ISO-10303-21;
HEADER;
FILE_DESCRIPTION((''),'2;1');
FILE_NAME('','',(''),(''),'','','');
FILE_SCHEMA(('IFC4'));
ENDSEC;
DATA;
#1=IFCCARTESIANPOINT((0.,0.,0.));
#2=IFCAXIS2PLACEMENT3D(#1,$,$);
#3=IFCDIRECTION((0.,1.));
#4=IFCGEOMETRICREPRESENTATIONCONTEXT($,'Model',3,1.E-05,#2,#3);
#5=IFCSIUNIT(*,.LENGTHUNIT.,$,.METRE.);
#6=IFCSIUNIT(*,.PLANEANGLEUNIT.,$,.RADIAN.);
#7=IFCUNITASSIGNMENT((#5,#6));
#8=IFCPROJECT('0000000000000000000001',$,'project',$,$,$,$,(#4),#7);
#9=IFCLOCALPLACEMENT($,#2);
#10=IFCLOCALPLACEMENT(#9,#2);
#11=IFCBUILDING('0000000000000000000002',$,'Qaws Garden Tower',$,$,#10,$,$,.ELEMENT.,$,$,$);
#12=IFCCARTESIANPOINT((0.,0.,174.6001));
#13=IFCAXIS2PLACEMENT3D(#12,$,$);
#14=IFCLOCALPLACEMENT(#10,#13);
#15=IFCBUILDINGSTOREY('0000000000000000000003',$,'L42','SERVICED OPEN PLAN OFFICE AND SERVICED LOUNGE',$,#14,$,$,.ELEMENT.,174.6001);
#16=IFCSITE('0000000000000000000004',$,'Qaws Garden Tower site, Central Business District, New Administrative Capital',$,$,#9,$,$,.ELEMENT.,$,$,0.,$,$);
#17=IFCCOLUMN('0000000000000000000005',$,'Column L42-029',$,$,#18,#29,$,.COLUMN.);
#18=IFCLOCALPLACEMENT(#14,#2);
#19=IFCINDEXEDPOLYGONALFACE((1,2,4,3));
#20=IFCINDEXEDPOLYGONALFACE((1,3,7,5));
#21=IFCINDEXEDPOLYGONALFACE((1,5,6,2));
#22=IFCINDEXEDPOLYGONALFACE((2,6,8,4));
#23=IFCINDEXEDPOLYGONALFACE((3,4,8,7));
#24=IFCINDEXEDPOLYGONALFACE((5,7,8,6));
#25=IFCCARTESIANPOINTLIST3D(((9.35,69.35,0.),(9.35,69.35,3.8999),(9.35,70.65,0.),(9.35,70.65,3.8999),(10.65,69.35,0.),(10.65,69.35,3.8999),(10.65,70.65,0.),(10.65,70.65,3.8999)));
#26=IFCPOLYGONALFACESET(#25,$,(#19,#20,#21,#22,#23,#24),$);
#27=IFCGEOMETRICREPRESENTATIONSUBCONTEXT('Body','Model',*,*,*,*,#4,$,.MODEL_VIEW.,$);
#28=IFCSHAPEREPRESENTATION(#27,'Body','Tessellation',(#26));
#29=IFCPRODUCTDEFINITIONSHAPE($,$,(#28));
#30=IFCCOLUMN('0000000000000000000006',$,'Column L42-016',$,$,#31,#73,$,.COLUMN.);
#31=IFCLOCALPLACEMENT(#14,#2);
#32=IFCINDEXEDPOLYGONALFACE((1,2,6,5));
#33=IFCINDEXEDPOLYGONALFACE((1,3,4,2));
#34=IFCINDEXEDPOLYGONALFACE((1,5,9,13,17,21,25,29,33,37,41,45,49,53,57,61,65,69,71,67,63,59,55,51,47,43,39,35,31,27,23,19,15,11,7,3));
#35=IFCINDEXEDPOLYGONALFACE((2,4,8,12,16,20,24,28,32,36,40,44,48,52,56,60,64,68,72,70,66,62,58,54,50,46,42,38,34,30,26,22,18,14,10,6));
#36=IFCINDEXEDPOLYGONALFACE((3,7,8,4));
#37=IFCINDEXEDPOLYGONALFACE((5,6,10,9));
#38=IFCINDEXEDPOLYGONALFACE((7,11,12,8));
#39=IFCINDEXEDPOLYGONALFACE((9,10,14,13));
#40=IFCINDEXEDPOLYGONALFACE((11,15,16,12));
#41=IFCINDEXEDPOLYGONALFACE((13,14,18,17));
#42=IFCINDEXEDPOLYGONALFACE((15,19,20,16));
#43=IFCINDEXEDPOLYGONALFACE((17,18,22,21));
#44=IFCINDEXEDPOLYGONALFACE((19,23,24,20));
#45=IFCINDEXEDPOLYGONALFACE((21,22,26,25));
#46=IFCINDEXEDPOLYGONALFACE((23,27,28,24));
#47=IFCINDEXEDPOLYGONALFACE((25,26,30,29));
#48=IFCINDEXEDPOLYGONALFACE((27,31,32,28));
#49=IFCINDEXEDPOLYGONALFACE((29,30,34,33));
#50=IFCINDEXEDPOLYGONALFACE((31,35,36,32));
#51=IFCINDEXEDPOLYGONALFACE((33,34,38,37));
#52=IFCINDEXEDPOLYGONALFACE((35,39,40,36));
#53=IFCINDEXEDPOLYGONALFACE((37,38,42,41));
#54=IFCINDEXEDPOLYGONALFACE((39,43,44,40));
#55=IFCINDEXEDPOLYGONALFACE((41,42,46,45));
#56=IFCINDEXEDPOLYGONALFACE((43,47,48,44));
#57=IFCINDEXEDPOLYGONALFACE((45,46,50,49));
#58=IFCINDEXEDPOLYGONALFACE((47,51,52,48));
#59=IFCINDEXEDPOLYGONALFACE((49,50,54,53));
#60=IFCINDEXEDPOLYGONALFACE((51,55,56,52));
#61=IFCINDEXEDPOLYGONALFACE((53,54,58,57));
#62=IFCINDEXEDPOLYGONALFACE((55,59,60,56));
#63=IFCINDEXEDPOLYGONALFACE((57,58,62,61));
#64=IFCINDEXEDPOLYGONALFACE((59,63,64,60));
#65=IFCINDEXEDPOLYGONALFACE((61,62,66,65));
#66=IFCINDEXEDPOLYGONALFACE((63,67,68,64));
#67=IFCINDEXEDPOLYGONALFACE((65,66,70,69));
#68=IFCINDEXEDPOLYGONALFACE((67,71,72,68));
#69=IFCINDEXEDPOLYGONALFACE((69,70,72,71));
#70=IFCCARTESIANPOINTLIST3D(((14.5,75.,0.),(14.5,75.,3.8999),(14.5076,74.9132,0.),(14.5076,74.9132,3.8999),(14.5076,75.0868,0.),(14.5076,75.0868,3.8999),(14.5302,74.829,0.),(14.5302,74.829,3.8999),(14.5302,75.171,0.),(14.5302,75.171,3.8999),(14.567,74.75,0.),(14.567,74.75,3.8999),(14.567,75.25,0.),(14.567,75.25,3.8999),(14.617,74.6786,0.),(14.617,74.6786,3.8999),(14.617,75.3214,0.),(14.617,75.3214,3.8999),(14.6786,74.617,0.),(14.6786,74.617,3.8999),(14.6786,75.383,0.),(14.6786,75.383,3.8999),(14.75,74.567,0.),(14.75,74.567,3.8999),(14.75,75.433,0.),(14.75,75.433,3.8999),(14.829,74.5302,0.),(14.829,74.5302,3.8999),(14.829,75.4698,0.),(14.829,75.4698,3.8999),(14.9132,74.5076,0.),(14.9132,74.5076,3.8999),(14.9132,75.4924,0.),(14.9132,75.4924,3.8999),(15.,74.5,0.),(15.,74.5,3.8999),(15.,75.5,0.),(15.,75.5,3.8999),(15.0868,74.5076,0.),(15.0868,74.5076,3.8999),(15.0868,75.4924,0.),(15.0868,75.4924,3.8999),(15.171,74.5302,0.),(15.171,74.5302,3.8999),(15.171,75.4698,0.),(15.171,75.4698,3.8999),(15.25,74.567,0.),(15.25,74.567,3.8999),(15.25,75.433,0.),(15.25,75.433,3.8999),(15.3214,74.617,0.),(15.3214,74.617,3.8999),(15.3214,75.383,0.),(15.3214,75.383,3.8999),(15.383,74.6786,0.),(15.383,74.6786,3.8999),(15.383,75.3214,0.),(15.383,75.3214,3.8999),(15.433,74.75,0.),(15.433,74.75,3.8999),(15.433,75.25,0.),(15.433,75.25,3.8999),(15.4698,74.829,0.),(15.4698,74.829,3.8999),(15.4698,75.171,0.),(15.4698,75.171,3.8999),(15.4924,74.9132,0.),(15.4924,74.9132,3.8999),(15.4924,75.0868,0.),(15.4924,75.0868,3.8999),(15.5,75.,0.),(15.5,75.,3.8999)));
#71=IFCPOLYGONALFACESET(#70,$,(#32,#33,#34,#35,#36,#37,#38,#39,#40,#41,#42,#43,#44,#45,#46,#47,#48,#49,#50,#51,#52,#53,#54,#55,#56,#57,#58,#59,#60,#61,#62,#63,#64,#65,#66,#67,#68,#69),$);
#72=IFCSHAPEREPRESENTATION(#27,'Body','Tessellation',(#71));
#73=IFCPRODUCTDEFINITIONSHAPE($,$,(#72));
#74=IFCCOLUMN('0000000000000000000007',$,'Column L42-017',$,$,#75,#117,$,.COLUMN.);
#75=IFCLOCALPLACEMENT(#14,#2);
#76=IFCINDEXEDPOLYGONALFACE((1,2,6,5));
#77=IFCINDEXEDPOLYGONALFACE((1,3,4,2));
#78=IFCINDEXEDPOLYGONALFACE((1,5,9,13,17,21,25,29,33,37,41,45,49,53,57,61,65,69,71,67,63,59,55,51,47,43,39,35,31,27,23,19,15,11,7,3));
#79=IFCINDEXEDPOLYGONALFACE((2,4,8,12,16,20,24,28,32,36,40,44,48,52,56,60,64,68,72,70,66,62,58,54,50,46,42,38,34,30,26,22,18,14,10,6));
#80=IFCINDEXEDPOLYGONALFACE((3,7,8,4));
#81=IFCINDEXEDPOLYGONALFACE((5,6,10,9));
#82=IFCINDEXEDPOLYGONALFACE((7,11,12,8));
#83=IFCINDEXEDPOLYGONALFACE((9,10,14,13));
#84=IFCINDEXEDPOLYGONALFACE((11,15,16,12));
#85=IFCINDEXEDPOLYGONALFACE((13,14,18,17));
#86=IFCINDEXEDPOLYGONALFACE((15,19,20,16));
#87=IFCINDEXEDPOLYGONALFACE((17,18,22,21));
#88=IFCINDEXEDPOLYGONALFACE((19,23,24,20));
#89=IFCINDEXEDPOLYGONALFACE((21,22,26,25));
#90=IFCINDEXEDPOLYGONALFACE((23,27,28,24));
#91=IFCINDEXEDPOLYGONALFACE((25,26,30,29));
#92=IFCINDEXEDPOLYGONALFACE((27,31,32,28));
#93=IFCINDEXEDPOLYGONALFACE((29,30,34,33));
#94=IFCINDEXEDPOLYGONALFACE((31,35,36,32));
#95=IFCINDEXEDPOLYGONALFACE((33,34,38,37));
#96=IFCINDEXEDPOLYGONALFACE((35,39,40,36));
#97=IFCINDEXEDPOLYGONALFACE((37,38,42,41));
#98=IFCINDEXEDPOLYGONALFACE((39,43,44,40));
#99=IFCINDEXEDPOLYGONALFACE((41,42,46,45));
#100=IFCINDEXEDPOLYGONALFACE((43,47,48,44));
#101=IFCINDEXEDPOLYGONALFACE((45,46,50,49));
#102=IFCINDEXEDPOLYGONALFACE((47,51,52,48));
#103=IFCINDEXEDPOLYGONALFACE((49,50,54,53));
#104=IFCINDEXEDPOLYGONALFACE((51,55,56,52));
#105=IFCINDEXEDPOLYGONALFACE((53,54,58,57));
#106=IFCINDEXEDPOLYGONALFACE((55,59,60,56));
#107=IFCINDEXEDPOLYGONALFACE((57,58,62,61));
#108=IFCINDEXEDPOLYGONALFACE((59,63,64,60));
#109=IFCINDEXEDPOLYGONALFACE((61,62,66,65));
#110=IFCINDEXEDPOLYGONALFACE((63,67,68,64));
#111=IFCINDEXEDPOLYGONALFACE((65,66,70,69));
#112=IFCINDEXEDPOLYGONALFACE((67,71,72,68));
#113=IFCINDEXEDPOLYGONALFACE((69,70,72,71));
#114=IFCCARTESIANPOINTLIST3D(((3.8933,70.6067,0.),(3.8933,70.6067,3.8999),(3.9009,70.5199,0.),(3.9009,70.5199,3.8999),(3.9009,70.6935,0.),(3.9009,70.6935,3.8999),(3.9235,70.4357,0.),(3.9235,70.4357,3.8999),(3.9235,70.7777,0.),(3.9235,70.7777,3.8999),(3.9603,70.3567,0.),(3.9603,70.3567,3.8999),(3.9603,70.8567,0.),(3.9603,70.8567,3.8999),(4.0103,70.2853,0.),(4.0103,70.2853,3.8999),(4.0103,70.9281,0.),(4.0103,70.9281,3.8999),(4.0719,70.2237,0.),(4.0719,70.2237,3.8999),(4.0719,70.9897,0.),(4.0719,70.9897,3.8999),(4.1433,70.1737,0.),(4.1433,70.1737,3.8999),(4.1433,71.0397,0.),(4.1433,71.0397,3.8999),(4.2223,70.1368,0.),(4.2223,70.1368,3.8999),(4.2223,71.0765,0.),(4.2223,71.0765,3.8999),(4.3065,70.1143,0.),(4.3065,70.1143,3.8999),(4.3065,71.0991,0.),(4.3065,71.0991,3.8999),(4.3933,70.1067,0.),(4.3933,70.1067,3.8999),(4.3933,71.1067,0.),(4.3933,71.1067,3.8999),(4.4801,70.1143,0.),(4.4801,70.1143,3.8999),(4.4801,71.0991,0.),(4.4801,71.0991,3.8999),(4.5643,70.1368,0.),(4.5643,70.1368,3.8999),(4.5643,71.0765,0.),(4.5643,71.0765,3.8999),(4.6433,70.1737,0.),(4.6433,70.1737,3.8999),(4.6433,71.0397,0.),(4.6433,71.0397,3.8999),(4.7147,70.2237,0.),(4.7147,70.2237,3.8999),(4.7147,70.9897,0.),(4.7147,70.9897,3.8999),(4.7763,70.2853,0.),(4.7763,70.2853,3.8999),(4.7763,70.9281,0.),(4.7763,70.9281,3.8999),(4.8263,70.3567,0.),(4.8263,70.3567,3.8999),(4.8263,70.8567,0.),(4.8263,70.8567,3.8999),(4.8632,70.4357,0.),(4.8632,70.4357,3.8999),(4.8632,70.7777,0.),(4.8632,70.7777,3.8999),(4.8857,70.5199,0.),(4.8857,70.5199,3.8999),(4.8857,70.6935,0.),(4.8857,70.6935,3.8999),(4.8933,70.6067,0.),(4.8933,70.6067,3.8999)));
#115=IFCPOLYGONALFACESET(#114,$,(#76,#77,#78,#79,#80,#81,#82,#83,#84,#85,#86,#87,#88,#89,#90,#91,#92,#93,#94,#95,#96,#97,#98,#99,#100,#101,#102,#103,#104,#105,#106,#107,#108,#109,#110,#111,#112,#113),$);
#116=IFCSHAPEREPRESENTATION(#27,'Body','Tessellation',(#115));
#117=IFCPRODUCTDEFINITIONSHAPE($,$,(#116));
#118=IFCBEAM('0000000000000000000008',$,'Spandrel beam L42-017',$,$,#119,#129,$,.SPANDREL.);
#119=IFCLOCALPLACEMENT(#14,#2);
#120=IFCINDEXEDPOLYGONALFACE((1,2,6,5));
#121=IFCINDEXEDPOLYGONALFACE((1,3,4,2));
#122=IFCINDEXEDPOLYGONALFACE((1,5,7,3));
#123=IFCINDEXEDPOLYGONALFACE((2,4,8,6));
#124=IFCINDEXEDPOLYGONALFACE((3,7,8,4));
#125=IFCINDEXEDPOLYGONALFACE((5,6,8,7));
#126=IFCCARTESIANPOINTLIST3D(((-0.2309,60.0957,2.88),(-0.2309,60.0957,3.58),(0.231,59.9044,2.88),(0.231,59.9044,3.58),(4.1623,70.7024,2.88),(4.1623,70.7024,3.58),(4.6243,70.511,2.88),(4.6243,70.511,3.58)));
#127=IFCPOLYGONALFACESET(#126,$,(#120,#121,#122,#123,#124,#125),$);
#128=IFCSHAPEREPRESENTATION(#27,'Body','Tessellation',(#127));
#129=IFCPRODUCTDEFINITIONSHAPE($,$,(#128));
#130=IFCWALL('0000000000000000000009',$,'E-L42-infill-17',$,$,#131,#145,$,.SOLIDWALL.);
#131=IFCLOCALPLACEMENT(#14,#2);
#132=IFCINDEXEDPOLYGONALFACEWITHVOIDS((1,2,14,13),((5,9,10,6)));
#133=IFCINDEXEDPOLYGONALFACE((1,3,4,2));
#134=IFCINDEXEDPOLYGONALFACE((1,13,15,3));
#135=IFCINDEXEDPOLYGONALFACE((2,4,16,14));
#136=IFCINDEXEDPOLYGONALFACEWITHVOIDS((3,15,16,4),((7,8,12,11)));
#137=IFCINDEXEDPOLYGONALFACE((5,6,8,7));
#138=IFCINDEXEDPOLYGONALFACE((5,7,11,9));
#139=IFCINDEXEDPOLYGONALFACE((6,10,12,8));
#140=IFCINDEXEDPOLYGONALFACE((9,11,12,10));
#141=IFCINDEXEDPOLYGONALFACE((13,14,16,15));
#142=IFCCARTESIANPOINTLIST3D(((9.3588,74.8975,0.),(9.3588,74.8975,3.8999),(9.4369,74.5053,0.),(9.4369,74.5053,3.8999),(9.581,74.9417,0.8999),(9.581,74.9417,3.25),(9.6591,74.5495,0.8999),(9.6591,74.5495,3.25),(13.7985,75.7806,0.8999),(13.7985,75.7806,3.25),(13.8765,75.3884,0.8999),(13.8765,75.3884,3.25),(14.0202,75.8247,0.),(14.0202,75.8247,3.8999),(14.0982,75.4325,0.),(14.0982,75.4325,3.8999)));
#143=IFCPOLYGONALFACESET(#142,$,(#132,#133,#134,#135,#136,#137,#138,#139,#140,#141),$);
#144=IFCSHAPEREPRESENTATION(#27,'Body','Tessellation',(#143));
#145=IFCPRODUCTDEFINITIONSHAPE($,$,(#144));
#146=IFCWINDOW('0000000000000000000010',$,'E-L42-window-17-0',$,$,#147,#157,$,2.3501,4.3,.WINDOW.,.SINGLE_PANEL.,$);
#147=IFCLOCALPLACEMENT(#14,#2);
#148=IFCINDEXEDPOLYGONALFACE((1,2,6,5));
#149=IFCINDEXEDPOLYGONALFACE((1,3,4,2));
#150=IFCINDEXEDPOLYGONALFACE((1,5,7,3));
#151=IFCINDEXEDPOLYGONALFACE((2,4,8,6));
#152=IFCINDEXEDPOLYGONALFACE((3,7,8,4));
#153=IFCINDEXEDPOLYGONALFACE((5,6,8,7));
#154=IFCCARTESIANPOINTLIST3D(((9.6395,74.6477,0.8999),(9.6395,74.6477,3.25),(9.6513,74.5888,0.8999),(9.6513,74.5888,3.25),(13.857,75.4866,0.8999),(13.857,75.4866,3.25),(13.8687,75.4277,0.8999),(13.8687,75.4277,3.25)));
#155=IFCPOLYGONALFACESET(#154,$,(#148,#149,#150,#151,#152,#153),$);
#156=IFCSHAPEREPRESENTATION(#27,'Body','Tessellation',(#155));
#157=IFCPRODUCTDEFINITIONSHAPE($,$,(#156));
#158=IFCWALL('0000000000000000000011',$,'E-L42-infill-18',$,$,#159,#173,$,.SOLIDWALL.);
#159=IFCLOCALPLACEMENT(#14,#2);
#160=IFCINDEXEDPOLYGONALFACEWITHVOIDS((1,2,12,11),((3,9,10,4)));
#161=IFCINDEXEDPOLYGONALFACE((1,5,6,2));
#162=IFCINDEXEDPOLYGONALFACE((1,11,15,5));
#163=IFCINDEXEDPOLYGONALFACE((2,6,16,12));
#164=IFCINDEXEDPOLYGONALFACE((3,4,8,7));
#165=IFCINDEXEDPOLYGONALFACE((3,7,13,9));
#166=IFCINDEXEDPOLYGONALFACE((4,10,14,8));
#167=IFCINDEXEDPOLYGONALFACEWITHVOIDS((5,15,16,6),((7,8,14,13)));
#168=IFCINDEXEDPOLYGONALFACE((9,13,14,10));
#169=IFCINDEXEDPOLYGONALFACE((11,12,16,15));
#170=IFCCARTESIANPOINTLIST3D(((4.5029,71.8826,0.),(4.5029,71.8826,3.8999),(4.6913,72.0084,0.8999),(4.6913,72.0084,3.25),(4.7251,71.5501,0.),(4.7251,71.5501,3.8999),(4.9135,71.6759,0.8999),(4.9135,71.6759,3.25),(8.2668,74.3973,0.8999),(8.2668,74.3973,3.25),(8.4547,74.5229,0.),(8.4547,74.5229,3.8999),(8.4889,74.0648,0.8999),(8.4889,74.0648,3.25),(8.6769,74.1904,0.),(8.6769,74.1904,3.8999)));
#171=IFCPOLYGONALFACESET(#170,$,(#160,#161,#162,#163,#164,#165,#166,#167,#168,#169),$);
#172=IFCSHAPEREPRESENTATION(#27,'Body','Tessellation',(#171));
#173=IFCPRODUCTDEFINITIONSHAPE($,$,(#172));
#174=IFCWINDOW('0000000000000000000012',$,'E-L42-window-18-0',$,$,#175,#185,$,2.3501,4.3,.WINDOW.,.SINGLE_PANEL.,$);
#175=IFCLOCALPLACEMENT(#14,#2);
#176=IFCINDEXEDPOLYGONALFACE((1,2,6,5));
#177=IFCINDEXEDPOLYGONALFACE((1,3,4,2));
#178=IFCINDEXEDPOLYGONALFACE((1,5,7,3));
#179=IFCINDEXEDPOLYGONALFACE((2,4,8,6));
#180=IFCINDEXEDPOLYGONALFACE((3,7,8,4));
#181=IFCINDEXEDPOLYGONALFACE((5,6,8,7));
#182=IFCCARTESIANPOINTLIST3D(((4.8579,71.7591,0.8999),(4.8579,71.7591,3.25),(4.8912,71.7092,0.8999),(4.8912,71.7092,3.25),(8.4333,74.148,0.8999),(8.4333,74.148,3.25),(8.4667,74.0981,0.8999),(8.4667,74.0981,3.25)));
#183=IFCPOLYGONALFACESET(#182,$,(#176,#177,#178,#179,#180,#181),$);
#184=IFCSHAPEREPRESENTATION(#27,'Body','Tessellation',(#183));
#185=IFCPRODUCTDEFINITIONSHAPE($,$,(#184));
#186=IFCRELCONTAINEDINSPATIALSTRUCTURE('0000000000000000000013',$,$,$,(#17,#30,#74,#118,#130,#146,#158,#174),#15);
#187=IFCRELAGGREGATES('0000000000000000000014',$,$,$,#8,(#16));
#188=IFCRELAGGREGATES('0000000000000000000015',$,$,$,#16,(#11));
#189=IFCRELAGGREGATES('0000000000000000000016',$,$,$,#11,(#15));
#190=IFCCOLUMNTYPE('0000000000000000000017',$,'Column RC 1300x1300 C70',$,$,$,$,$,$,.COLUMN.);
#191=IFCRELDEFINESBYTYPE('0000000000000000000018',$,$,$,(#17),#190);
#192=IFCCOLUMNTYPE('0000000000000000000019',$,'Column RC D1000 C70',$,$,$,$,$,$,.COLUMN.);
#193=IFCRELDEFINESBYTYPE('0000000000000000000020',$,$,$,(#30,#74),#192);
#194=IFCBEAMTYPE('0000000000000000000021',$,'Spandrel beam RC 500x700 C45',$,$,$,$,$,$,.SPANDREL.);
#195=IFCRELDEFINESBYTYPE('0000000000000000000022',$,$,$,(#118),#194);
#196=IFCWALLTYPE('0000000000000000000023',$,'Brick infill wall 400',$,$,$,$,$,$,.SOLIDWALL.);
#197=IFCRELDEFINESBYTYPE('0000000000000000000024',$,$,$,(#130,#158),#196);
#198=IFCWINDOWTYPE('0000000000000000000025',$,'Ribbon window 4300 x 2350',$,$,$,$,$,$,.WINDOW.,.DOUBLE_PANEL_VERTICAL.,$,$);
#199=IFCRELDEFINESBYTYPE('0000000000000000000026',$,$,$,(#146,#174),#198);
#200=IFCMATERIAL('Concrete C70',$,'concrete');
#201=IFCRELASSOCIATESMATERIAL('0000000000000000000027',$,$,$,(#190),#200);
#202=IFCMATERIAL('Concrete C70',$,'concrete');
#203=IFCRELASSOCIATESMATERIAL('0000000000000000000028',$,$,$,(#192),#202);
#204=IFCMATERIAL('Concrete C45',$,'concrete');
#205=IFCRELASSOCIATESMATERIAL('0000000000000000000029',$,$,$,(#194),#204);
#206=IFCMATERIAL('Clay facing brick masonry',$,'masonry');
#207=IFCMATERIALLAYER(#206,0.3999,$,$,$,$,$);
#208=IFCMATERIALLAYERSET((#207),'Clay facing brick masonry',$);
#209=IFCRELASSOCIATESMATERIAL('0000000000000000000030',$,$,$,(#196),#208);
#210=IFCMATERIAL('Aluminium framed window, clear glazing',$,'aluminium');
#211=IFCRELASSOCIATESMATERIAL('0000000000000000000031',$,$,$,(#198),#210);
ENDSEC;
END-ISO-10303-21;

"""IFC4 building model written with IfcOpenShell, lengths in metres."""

from ifc_helpers import new_model, si_unit, direction, frame, frame_2d, origin, origin_2d, place, context, subcontext, project, spatial, rectangle, circle, extrude, material, layer, layer_set, material_profile, profile_set, type_object, element, fill, save


model = new_model("IFC4")

# Units and contexts
model_context = context("Model", 3, precision=1e-05, world=origin(), true_north=direction((0.0, 1.0)))
body_context = subcontext(model_context, "Body", "Model", "MODEL_VIEW")
ifc_project = project(units=[si_unit("LENGTHUNIT", "METRE"), si_unit("PLANEANGLEUNIT", "RADIAN")], contexts=[model_context])

# Site, building, storey
site_placement = place(None, origin())
site = spatial("IfcSite", under=ifc_project, at=site_placement, Name="Qaws Garden Tower site, Central Business District, New Administrative Capital", CompositionType="ELEMENT", RefElevation=0.0)
building_placement = place(site_placement, origin())
building = spatial("IfcBuilding", under=site, at=building_placement, Name="Qaws Garden Tower", CompositionType="ELEMENT")
storey_placement = place(building_placement, frame((0.0, 0.0, 174.6001)))
storey = spatial("IfcBuildingStorey", under=building, at=storey_placement, Name="L42", Description="SERVICED OPEN PLAN OFFICE AND SERVICED LOUNGE", CompositionType="ELEMENT", Elevation=174.6001)

# Columns
ifc_material_1 = material(Name="Concrete C70", Category="concrete")
ifc_material_profile_1 = material_profile(ifc_material_1, rectangle(XDim=1.3, YDim=1.3, at=origin_2d()), Name="RC 1300x1300")
ifc_profile_set_1 = profile_set([ifc_material_profile_1], Name="Concrete C70")
column_type_1 = type_object("IfcColumnType", Name="Column RC 1300x1300 C70", PredefinedType="COLUMN", material=ifc_profile_set_1)
column_placement = place(storey_placement, frame((10.0, 70.0, 0.0), z_axis=(0.0, 0.0, 1.0), x_axis=(1.0, 0.0, 0.0)))
element("IfcColumn", 1, at=column_placement, inside=storey, type_object=column_type_1, Name="Column L42-029", PredefinedType="COLUMN", context=body_context, shape_type="SweptSolid", body=[
    extrude(rectangle(XDim=1.3, YDim=1.3, at=origin_2d()), origin(), (0.0, 0.0, 1.0), 3.8999),
])
ifc_material_2 = material(Name="Concrete C70", Category="concrete")
ifc_material_profile_2 = material_profile(ifc_material_2, circle(Radius=0.5, at=origin_2d()), Name="RC D1000")
ifc_profile_set_2 = profile_set([ifc_material_profile_2], Name="Concrete C70")
column_type_2 = type_object("IfcColumnType", Name="Column RC D1000 C70", PredefinedType="COLUMN", material=ifc_profile_set_2)
for number, where, z_axis, x_axis, name in (
    (2, (15.0, 75.0, 0.0), (0.0, 0.0, 1.0), (1.0, 0.0, 0.0), "Column L42-016"),
    (3, (4.3933, 70.6067, 0.0), (0.0, 0.0, 1.0), (1.0, 0.0, 0.0), "Column L42-017"),
):
    element("IfcColumn", number, at=place(storey_placement, frame(where, z_axis=z_axis, x_axis=x_axis)), inside=storey, type_object=column_type_2, Name=name, PredefinedType="COLUMN", context=body_context, shape_type="SweptSolid", body=[
        extrude(circle(Radius=0.5, at=origin_2d()), origin(), (0.0, 0.0, 1.0), 3.8999),
    ])

# Beam
ifc_material_3 = material(Name="Concrete C45", Category="concrete")
ifc_material_profile_3 = material_profile(ifc_material_3, rectangle(XDim=0.5, YDim=0.7, at=origin_2d()), Name="RC 500x700")
ifc_profile_set_3 = profile_set([ifc_material_profile_3], Name="Concrete C45")
beam_type = type_object("IfcBeamType", Name="Spandrel beam RC 500x700 C45", PredefinedType="SPANDREL", material=ifc_profile_set_3)
beam_placement = place(storey_placement, frame((4.3933, 70.6067, 3.23), z_axis=(-0.382674, -0.923883, 0.0), x_axis=(0.923883, -0.382674, 0.0)))
element("IfcBeam", 4, at=beam_placement, inside=storey, type_object=beam_type, Name="Spandrel beam L42-017", PredefinedType="SPANDREL", context=body_context, shape_type="SweptSolid", body=[
    extrude(rectangle(XDim=0.5, YDim=0.7, at=origin_2d()), origin(), (0.0, 0.0, 1.0), 11.4805),
])

# Walls, openings, windows
ifc_material_4 = material(Name="Clay facing brick masonry", Category="masonry")
ifc_layer_1 = layer(ifc_material_4, 0.3999)
ifc_layer_set_1 = layer_set([ifc_layer_1], Name="Clay facing brick masonry")
wall_type_1 = type_object("IfcWallType", Name="Brick infill wall 400", PredefinedType="SOLIDWALL", material=ifc_layer_set_1)
wall_1_placement = place(storey_placement, frame((14.0593, 75.6287, 0.0), z_axis=(0.0, 0.0, 1.0), x_axis=(-0.980784, -0.195099, 0.0)))
wall_1 = element("IfcWall", 5, at=wall_1_placement, inside=storey, type_object=wall_type_1, Name="E-L42-infill-17", PredefinedType="SOLIDWALL", context=body_context, shape_type="SweptSolid", body=[
    extrude(rectangle(XDim=4.7527, YDim=0.3999, at=frame_2d((2.3765, 0.0))), origin(), (0.0, 0.0, 1.0), 3.8999),
])
opening_1_placement = place(wall_1_placement, frame((0.2263, 0.0, 0.8999)))
opening_1 = element("IfcOpeningElement", 6, at=opening_1_placement, cuts=wall_1, PredefinedType="OPENING", context=body_context, shape_type="SweptSolid", body=[
    extrude(rectangle(XDim=4.3, YDim=2.3501, at=frame_2d((2.1499, 1.175))), frame((0.0, 0.21, 0.0), z_axis=(0.0, -1.0, 0.0), x_axis=(1.0, 0.0, 0.0)), (0.0, 0.0, 1.0), 0.4199),
])
ifc_material_5 = material(Name="Aluminium framed window, clear glazing", Category="aluminium")
window_type = type_object("IfcWindowType", Name="Ribbon window 4300 x 2350", PartitioningType="DOUBLE_PANEL_VERTICAL", PredefinedType="WINDOW", material=ifc_material_5)
window_1_placement = place(opening_1_placement, origin())
window_1 = element("IfcWindow", 7, at=window_1_placement, inside=storey, type_object=window_type, Name="E-L42-window-17-0", OverallHeight=2.3501, OverallWidth=4.3, PartitioningType="SINGLE_PANEL", PredefinedType="WINDOW", context=body_context, shape_type="SweptSolid", body=[
    extrude(rectangle(XDim=4.3, YDim=2.3501, at=frame_2d((2.1499, 1.175))), frame((0.0, 0.1599, 0.0), z_axis=(0.0, -1.0, 0.0), x_axis=(1.0, 0.0, 0.0)), (0.0, 0.0, 1.0), 0.0601),
])
fill(opening_1, window_1)
wall_2_placement = place(storey_placement, frame((8.5659, 74.3567, 0.0), z_axis=(0.0, 0.0, 1.0), x_axis=(-0.831489, -0.555542, 0.0)))
wall_2 = element("IfcWall", 8, at=wall_2_placement, inside=storey, type_object=wall_type_1, Name="E-L42-infill-18", PredefinedType="SOLIDWALL", context=body_context, shape_type="SweptSolid", body=[
    extrude(rectangle(XDim=4.7527, YDim=0.3999, at=frame_2d((2.3765, 0.0))), origin(), (0.0, 0.0, 1.0), 3.8999),
])
opening_2_placement = place(wall_2_placement, frame((0.2263, 0.0, 0.8999)))
opening_2 = element("IfcOpeningElement", 9, at=opening_2_placement, cuts=wall_2, PredefinedType="OPENING", context=body_context, shape_type="SweptSolid", body=[
    extrude(rectangle(XDim=4.3, YDim=2.3501, at=frame_2d((2.1499, 1.175))), frame((0.0, 0.21, 0.0), z_axis=(0.0, -1.0, 0.0), x_axis=(1.0, 0.0, 0.0)), (0.0, 0.0, 1.0), 0.4199),
])
window_2_placement = place(opening_2_placement, origin())
window_2 = element("IfcWindow", 10, at=window_2_placement, inside=storey, type_object=window_type, Name="E-L42-window-18-0", OverallHeight=2.3501, OverallWidth=4.3, PartitioningType="SINGLE_PANEL", PredefinedType="WINDOW", context=body_context, shape_type="SweptSolid", body=[
    extrude(rectangle(XDim=4.3, YDim=2.3501, at=frame_2d((2.1499, 1.175))), frame((0.0, 0.1599, 0.0), z_axis=(0.0, -1.0, 0.0), x_axis=(1.0, 0.0, 0.0)), (0.0, 0.0, 1.0), 0.0601),
])
fill(opening_2, window_2)

save(model, "model.ifc")
